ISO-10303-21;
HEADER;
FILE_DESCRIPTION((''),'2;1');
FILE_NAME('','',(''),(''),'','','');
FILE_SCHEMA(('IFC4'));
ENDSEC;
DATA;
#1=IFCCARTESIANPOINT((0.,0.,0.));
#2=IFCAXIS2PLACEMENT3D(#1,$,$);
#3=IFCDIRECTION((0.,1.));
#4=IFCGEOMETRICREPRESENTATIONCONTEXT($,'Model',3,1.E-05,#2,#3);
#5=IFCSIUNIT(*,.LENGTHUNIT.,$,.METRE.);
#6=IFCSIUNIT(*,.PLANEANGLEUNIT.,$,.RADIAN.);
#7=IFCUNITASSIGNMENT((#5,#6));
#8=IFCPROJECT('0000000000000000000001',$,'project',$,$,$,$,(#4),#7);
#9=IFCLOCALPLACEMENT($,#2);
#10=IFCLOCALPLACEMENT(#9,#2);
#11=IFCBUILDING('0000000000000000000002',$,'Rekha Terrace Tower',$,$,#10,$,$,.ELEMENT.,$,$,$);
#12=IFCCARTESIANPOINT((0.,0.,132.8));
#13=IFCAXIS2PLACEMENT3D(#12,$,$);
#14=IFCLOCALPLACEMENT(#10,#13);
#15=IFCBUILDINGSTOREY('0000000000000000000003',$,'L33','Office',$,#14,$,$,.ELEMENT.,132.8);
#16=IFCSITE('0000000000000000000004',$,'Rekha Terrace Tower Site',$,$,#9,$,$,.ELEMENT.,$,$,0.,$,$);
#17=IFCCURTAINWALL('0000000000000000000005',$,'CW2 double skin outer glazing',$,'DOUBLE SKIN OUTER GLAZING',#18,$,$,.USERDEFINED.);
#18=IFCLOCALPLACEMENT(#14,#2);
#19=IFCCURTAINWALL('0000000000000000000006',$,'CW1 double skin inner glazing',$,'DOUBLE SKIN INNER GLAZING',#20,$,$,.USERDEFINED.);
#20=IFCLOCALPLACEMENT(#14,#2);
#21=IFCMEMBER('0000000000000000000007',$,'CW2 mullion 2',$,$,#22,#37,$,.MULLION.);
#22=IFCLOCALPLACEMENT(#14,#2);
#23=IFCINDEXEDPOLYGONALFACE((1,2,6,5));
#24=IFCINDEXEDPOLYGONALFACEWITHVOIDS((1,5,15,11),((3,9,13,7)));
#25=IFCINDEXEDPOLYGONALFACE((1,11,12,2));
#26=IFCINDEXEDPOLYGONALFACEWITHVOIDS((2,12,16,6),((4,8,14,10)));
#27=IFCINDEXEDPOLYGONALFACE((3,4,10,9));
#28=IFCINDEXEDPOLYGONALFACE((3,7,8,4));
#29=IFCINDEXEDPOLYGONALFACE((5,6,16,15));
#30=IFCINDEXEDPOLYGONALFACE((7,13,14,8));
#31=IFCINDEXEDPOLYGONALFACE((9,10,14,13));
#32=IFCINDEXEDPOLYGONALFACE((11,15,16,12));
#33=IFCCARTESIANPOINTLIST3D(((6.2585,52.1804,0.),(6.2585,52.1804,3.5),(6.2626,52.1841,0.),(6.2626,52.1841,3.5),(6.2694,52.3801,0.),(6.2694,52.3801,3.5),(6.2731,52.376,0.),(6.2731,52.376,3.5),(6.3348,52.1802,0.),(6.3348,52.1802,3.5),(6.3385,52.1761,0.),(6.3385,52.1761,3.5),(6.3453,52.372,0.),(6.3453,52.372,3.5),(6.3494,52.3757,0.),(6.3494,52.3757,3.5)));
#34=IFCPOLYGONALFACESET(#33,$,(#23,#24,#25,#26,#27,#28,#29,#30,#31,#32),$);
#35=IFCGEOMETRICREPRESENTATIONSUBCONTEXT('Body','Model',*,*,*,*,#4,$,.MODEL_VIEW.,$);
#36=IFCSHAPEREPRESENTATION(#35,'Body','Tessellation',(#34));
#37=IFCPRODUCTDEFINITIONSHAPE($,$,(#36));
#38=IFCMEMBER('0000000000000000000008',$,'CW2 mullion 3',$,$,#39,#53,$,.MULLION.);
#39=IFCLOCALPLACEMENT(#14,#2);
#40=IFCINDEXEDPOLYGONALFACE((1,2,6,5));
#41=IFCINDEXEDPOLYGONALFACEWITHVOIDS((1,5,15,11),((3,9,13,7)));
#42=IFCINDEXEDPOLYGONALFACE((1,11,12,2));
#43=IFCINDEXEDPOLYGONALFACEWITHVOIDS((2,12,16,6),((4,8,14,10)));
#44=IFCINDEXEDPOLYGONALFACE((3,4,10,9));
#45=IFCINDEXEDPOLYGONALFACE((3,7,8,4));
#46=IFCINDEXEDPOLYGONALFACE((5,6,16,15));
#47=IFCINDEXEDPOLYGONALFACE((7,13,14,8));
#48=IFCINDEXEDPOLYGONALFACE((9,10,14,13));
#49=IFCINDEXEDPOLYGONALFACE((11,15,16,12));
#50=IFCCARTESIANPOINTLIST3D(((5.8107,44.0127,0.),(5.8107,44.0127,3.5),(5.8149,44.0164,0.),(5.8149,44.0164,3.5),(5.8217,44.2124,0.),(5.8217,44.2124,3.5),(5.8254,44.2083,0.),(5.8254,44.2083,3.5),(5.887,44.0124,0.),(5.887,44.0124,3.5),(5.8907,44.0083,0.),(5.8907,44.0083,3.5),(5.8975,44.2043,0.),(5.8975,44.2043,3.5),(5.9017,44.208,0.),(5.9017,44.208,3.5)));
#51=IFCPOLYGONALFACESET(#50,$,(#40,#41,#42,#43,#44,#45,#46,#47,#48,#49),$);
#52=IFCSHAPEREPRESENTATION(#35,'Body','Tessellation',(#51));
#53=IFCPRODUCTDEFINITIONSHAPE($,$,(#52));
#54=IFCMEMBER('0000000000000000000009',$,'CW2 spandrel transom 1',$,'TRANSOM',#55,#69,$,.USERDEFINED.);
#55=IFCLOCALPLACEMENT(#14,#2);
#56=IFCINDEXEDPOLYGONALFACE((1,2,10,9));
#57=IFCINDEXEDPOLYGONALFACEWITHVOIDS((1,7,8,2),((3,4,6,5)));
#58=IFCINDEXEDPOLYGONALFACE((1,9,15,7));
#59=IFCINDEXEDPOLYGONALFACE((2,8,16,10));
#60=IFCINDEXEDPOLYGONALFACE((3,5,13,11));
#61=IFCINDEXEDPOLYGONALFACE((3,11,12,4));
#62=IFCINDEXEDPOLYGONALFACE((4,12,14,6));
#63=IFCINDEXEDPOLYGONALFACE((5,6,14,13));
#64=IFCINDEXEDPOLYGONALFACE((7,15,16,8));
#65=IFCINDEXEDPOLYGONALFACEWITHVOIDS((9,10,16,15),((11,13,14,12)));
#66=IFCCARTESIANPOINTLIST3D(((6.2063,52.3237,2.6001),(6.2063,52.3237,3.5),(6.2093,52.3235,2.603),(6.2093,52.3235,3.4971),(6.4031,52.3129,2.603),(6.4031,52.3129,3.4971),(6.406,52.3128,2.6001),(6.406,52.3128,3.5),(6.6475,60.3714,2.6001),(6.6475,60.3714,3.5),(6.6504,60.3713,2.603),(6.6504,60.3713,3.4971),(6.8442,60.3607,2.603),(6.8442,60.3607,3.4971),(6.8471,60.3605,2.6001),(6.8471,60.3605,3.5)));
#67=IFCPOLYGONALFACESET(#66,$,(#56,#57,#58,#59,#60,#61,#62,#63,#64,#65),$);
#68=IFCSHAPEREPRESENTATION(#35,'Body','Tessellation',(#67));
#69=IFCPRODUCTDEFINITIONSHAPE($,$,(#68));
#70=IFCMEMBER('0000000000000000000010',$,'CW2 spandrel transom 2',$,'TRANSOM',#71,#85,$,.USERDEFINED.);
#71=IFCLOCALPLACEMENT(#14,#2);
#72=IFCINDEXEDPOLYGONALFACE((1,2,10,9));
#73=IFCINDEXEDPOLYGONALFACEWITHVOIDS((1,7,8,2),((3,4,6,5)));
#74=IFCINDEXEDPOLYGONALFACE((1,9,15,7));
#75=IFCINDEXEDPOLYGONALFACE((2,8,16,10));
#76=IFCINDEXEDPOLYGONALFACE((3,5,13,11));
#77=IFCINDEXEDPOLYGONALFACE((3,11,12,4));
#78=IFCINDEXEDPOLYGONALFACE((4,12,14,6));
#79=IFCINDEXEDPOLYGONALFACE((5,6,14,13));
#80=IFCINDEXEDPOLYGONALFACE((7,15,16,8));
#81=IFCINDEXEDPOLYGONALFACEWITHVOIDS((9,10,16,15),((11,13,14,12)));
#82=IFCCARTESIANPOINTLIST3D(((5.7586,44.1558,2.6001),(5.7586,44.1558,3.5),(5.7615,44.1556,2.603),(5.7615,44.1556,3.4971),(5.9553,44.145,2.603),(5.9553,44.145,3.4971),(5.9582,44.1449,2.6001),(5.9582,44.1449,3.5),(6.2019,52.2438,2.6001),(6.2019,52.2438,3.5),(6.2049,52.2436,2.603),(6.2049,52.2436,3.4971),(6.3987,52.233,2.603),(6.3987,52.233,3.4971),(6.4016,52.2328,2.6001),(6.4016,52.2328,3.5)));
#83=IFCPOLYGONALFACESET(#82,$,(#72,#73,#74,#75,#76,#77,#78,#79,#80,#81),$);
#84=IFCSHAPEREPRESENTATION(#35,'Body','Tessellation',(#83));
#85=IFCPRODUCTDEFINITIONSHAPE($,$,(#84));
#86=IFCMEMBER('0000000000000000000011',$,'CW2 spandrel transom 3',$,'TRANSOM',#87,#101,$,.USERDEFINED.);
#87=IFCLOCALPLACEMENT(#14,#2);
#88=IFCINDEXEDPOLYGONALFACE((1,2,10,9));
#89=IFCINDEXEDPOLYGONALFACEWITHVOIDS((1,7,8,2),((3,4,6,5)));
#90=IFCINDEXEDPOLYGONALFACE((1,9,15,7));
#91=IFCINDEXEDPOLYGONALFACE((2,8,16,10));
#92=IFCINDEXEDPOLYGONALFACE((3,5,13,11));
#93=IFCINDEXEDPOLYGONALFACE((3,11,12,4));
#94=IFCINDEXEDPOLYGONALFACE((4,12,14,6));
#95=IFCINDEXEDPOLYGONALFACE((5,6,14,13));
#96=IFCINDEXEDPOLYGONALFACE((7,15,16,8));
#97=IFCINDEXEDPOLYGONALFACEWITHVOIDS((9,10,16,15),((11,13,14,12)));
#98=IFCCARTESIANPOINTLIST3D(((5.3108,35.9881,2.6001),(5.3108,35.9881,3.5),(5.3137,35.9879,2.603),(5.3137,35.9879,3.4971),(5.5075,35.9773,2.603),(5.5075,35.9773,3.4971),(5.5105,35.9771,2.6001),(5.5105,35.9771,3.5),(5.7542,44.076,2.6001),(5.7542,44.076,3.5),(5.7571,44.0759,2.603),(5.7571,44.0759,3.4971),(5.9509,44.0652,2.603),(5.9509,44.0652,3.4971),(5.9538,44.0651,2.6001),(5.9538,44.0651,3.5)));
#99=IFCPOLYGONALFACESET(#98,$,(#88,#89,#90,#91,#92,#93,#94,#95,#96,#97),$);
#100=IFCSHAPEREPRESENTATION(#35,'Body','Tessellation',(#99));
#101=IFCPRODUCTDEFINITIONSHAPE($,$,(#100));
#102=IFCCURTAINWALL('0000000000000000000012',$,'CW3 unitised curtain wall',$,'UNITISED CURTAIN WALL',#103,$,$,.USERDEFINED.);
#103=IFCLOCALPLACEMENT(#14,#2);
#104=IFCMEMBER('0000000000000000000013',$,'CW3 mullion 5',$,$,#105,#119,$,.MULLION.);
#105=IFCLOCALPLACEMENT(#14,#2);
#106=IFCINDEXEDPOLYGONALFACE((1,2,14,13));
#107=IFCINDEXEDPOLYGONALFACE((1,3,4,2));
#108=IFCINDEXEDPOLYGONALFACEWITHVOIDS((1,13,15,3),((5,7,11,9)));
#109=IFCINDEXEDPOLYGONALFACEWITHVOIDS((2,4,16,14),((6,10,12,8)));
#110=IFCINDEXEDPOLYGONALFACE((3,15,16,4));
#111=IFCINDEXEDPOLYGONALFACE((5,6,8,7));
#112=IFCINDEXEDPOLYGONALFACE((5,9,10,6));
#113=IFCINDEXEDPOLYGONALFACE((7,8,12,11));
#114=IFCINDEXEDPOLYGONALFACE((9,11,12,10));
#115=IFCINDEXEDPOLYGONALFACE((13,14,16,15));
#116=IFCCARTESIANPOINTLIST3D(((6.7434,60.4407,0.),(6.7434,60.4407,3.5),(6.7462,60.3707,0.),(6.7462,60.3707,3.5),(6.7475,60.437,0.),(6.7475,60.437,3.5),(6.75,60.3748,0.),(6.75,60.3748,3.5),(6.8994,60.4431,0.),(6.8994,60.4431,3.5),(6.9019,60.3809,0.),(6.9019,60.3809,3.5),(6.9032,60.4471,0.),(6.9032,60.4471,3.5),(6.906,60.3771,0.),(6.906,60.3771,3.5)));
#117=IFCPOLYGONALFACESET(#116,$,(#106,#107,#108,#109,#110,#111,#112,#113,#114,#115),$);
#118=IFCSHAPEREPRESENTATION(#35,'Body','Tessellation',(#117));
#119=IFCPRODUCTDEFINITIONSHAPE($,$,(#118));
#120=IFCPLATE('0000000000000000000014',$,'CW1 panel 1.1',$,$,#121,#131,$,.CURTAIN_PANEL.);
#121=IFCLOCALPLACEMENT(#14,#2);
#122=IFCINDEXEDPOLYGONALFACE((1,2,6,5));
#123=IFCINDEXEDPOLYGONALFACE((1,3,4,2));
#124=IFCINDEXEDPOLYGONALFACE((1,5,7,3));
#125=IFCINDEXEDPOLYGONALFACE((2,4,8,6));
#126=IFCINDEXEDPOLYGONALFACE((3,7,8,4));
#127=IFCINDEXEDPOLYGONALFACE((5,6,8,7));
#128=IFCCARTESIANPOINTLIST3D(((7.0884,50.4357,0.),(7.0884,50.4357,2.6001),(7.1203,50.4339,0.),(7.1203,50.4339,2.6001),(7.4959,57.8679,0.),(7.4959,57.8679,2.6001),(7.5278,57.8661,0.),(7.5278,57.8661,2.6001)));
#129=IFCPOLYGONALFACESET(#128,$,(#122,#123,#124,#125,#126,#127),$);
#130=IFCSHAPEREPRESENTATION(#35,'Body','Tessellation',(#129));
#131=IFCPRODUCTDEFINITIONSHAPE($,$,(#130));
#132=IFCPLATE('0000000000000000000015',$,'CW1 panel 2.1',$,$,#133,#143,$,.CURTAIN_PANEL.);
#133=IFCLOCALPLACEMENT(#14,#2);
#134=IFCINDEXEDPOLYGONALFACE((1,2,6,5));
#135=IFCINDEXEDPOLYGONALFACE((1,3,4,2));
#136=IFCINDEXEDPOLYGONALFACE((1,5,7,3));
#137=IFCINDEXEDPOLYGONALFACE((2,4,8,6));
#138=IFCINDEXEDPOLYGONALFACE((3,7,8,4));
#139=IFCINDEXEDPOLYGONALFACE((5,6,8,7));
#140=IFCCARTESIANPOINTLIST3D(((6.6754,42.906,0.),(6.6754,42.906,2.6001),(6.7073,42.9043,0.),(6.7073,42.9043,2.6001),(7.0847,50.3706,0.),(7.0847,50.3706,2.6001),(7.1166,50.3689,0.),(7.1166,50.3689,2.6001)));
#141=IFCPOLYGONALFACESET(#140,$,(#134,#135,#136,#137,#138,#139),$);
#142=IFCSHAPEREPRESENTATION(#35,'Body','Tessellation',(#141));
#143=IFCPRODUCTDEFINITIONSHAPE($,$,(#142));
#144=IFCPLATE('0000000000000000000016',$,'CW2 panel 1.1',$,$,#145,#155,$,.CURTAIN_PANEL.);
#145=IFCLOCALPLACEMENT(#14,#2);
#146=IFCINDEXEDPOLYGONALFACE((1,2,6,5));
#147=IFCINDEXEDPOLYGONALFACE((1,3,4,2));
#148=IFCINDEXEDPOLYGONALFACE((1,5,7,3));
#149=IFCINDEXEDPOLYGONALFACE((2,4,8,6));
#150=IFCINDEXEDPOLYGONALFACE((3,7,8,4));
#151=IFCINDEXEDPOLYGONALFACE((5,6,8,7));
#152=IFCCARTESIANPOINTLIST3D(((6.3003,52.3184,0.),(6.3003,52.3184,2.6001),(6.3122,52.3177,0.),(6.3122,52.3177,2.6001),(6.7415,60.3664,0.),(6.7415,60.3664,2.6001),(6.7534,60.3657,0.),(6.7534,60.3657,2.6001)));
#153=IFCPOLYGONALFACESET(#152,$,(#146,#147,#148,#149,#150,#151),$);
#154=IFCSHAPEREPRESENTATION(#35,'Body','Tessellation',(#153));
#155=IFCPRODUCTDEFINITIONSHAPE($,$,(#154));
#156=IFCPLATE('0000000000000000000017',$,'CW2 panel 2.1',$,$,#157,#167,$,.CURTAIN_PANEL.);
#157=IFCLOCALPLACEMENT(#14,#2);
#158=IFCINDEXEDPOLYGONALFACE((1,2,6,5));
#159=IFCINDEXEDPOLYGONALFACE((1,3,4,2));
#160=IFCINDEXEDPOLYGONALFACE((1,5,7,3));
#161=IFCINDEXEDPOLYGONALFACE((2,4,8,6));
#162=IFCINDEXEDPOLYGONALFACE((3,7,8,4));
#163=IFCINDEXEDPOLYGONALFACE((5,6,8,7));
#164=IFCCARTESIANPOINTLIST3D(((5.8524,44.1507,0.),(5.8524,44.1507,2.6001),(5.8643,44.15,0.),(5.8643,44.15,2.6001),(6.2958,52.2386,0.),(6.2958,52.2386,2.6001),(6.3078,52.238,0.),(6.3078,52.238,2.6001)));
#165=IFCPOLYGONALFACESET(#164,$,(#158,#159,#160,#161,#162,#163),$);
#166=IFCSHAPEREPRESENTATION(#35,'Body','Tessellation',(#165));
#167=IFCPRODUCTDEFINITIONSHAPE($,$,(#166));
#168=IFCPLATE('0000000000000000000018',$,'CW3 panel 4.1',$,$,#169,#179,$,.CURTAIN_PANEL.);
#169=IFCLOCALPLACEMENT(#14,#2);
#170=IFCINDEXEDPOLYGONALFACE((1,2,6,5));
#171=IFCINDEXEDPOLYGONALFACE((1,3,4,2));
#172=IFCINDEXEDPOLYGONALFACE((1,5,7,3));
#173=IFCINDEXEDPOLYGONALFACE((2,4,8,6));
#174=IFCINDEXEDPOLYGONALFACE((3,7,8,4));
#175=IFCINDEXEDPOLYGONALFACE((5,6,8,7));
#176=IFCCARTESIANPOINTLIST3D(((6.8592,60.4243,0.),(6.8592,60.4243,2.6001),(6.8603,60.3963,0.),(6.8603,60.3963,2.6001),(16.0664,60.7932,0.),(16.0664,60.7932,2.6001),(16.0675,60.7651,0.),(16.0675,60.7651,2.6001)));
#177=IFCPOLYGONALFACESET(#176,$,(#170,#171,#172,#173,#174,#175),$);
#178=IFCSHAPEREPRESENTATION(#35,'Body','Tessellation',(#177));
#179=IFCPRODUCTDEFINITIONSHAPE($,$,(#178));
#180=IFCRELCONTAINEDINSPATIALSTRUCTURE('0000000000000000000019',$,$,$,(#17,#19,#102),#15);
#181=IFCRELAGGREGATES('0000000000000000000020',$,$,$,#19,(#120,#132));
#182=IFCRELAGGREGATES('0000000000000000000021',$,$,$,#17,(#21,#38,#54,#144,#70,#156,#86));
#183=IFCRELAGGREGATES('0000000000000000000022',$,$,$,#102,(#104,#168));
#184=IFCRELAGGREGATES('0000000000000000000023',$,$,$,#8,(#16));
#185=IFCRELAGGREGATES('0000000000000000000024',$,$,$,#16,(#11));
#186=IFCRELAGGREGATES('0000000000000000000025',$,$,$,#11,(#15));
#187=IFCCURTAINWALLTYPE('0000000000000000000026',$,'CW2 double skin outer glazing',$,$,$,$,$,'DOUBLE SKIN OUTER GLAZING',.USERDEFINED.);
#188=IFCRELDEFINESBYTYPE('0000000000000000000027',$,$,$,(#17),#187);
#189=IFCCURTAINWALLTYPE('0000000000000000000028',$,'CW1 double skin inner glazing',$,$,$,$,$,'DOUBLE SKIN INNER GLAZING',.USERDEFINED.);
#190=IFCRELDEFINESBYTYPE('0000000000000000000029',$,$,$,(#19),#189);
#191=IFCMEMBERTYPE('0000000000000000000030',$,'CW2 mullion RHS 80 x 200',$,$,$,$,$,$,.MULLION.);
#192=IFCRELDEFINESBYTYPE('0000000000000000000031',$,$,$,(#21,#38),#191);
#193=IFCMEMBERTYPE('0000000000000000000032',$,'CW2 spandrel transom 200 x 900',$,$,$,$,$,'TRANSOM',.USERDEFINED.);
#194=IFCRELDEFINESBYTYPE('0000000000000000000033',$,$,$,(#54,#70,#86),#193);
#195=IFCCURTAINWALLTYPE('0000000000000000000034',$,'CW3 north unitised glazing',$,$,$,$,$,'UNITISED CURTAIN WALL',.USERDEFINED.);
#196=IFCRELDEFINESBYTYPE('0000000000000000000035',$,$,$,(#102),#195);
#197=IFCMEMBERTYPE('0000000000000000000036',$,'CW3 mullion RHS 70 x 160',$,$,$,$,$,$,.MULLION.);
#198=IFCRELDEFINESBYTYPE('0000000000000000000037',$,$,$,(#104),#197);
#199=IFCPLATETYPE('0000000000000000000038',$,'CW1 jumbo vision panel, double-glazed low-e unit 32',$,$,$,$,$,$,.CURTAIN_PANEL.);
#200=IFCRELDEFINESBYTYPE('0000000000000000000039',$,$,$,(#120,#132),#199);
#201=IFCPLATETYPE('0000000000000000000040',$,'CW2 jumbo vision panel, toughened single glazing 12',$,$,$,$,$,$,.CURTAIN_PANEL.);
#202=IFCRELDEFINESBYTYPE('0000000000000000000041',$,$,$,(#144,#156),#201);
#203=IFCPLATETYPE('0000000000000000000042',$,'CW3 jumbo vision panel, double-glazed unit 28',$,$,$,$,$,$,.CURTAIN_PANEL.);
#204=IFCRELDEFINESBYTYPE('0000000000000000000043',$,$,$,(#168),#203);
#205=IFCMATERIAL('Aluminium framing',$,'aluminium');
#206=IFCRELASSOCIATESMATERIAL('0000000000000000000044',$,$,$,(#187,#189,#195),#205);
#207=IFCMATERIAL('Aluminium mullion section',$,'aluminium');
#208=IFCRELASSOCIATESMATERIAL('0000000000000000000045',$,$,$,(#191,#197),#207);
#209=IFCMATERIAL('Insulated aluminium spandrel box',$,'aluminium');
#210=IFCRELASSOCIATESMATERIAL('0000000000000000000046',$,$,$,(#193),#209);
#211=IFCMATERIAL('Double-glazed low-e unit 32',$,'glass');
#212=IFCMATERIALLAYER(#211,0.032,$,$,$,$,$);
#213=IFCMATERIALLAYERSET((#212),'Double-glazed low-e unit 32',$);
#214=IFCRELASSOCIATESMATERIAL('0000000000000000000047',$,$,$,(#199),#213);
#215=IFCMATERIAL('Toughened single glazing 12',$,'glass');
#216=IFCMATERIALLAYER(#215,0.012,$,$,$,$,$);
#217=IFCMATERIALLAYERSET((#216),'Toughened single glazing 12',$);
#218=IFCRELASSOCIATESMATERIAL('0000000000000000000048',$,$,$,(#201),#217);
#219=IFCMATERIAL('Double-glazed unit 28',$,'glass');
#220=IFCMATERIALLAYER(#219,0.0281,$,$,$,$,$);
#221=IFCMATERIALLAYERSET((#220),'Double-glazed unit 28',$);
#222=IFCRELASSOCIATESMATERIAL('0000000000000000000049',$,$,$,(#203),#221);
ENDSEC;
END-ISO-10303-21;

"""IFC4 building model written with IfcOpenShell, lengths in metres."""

from ifc_helpers import new_model, si_unit, direction, frame, origin, origin_2d, place, context, subcontext, project, spatial, rectangle, hollow_rectangle, extrude, material, layer, layer_set, material_profile, profile_set, type_object, element, aggregate, save


model = new_model("IFC4")

# Units and contexts
model_context = context("Model", 3, precision=1e-05, world=origin(), true_north=direction((0.0, 1.0)))
body_context = subcontext(model_context, "Body", "Model", "MODEL_VIEW")
ifc_project = project(units=[si_unit("LENGTHUNIT", "METRE"), si_unit("PLANEANGLEUNIT", "RADIAN")], contexts=[model_context])

# Site, building, storey
site_placement = place(None, origin())
site = spatial("IfcSite", under=ifc_project, at=site_placement, Name="Rekha Terrace Tower Site", CompositionType="ELEMENT", RefElevation=0.0)
building_placement = place(site_placement, origin())
building = spatial("IfcBuilding", under=site, at=building_placement, Name="Rekha Terrace Tower", CompositionType="ELEMENT")
storey_placement = place(building_placement, frame((0.0, 0.0, 132.8)))
storey = spatial("IfcBuildingStorey", under=building, at=storey_placement, Name="L33", Description="Office", CompositionType="ELEMENT", Elevation=132.8)

# Curtain walls
ifc_material_1 = material(Name="Aluminium framing", Category="aluminium")
curtain_wall_type_1 = type_object("IfcCurtainWallType", Name="CW2 double skin outer glazing", ElementType="DOUBLE SKIN OUTER GLAZING", PredefinedType="USERDEFINED", material=ifc_material_1)
curtain_wall_1_placement = place(storey_placement, origin())
curtain_wall_1 = element("IfcCurtainWall", 1, at=curtain_wall_1_placement, inside=storey, type_object=curtain_wall_type_1, Name="CW2 double skin outer glazing", ObjectType="DOUBLE SKIN OUTER GLAZING", PredefinedType="USERDEFINED")
curtain_wall_type_2 = type_object("IfcCurtainWallType", Name="CW1 double skin inner glazing", ElementType="DOUBLE SKIN INNER GLAZING", PredefinedType="USERDEFINED", material=ifc_material_1)
curtain_wall_2_placement = place(storey_placement, origin())
curtain_wall_2 = element("IfcCurtainWall", 2, at=curtain_wall_2_placement, inside=storey, type_object=curtain_wall_type_2, Name="CW1 double skin inner glazing", ObjectType="DOUBLE SKIN INNER GLAZING", PredefinedType="USERDEFINED")
ifc_material_2 = material(Name="Aluminium mullion section", Category="aluminium")
ifc_material_3 = material(Name="Insulated aluminium spandrel box", Category="aluminium")

# Members
ifc_material_profile_1 = material_profile(ifc_material_2, hollow_rectangle(XDim=0.0801, YDim=0.2, WallThickness=0.0039, at=origin_2d()), Name="AL RHS 80x200")
ifc_profile_set_1 = profile_set([ifc_material_profile_1], Name="Aluminium mullion section")
member_type_1 = type_object("IfcMemberType", Name="CW2 mullion RHS 80 x 200", PredefinedType="MULLION", material=ifc_profile_set_1)
member_1_placement = place(storey_placement, frame((6.304, 52.2781, 0.0), z_axis=(0.0, 0.0, 1.0), x_axis=(0.998501, -0.054742, 0.0)))
member_1 = element("IfcMember", 3, at=member_1_placement, type_object=member_type_1, Name="CW2 mullion 2", PredefinedType="MULLION", context=body_context, shape_type="SweptSolid", body=[
    extrude(hollow_rectangle(XDim=0.0801, YDim=0.2, WallThickness=0.0039, at=origin_2d()), origin(), (0.0, 0.0, 1.0), 3.5),
])
member_2_placement = place(storey_placement, frame((5.8562, 44.1104, 0.0), z_axis=(0.0, 0.0, 1.0), x_axis=(0.998501, -0.054742, 0.0)))
member_2 = element("IfcMember", 4, at=member_2_placement, type_object=member_type_1, Name="CW2 mullion 3", PredefinedType="MULLION", context=body_context, shape_type="SweptSolid", body=[
    extrude(hollow_rectangle(XDim=0.0801, YDim=0.2, WallThickness=0.0039, at=origin_2d()), origin(), (0.0, 0.0, 1.0), 3.5),
])
ifc_material_profile_2 = material_profile(ifc_material_3, hollow_rectangle(XDim=0.2, YDim=0.8999, WallThickness=0.0029, at=origin_2d()), Name="AL SPANDREL BOX 200x900")
ifc_profile_set_2 = profile_set([ifc_material_profile_2], Name="Insulated aluminium spandrel box")
member_type_2 = type_object("IfcMemberType", Name="CW2 spandrel transom 200 x 900", ElementType="TRANSOM", PredefinedType="USERDEFINED", material=ifc_profile_set_2)
member_3_placement = place(storey_placement, frame((6.7473, 60.366, 3.05), z_axis=(-0.054735, -0.998501, 0.0), x_axis=(0.998501, -0.054735, 0.0)))
member_3 = element("IfcMember", 5, at=member_3_placement, type_object=member_type_2, Name="CW2 spandrel transom 1", ObjectType="TRANSOM", PredefinedType="USERDEFINED", context=body_context, shape_type="SweptSolid", body=[
    extrude(hollow_rectangle(XDim=0.2, YDim=0.8999, WallThickness=0.0029, at=origin_2d()), origin(), (0.0, 0.0, 1.0), 8.0598),
])
member_4_placement = place(storey_placement, frame((6.3018, 52.2383, 3.05), z_axis=(-0.054735, -0.998501, 0.0), x_axis=(0.998501, -0.054735, 0.0)))
member_4 = element("IfcMember", 6, at=member_4_placement, type_object=member_type_2, Name="CW2 spandrel transom 2", ObjectType="TRANSOM", PredefinedType="USERDEFINED", context=body_context, shape_type="SweptSolid", body=[
    extrude(hollow_rectangle(XDim=0.2, YDim=0.8999, WallThickness=0.0029, at=origin_2d()), origin(), (0.0, 0.0, 1.0), 8.1001),
])
member_5_placement = place(storey_placement, frame((5.854, 44.0706, 3.05), z_axis=(-0.054735, -0.998501, 0.0), x_axis=(0.998501, -0.054735, 0.0)))
member_5 = element("IfcMember", 7, at=member_5_placement, type_object=member_type_2, Name="CW2 spandrel transom 3", ObjectType="TRANSOM", PredefinedType="USERDEFINED", context=body_context, shape_type="SweptSolid", body=[
    extrude(hollow_rectangle(XDim=0.2, YDim=0.8999, WallThickness=0.0029, at=origin_2d()), origin(), (0.0, 0.0, 1.0), 8.1001),
])

# Curtain wall, member
curtain_wall_type_3 = type_object("IfcCurtainWallType", Name="CW3 north unitised glazing", ElementType="UNITISED CURTAIN WALL", PredefinedType="USERDEFINED", material=ifc_material_1)
curtain_wall_3_placement = place(storey_placement, origin())
curtain_wall_3 = element("IfcCurtainWall", 8, at=curtain_wall_3_placement, inside=storey, type_object=curtain_wall_type_3, Name="CW3 unitised curtain wall", ObjectType="UNITISED CURTAIN WALL", PredefinedType="USERDEFINED")
ifc_material_profile_3 = material_profile(ifc_material_2, hollow_rectangle(XDim=0.0701, YDim=0.1599, WallThickness=0.0039, at=origin_2d()), Name="AL RHS 70x160")
ifc_profile_set_3 = profile_set([ifc_material_profile_3], Name="Aluminium mullion section")
member_type_3 = type_object("IfcMemberType", Name="CW3 mullion RHS 70 x 160", PredefinedType="MULLION", material=ifc_profile_set_3)
member_6_placement = place(storey_placement, frame((6.8247, 60.4089, 0.0), z_axis=(0.0, 0.0, 1.0), x_axis=(0.040032, -0.999198, 0.0)))
member_6 = element("IfcMember", 9, at=member_6_placement, type_object=member_type_3, Name="CW3 mullion 5", PredefinedType="MULLION", context=body_context, shape_type="SweptSolid", body=[
    extrude(hollow_rectangle(XDim=0.0701, YDim=0.1599, WallThickness=0.0039, at=origin_2d()), origin(), (0.0, 0.0, 1.0), 3.5),
])

# Plates
ifc_material_4 = material(Name="Double-glazed low-e unit 32", Category="glass")
ifc_layer_1 = layer(ifc_material_4, 0.032)
ifc_layer_set_1 = layer_set([ifc_layer_1], Name="Double-glazed low-e unit 32")
plate_type_1 = type_object("IfcPlateType", Name="CW1 jumbo vision panel, double-glazed low-e unit 32", PredefinedType="CURTAIN_PANEL", material=ifc_layer_set_1)
plate_1_placement = place(storey_placement, frame((7.3081, 54.1509, 0.0), z_axis=(0.0, 0.0, 1.0), x_axis=(-0.054742, -0.998501, 0.0)))
plate_1 = element("IfcPlate", 10, at=plate_1_placement, type_object=plate_type_1, Name="CW1 panel 1.1", PredefinedType="CURTAIN_PANEL", context=body_context, shape_type="SweptSolid", body=[
    extrude(rectangle(XDim=7.4434, YDim=0.032, at=origin_2d()), origin(), (0.0, 0.0, 1.0), 2.6001),
])
plate_2_placement = place(storey_placement, frame((6.896, 46.6375, 0.0), z_axis=(0.0, 0.0, 1.0), x_axis=(-0.054742, -0.998501, 0.0)))
plate_2 = element("IfcPlate", 11, at=plate_2_placement, type_object=plate_type_1, Name="CW1 panel 2.1", PredefinedType="CURTAIN_PANEL", context=body_context, shape_type="SweptSolid", body=[
    extrude(rectangle(XDim=7.4758, YDim=0.032, at=origin_2d()), origin(), (0.0, 0.0, 1.0), 2.6001),
])
aggregate(curtain_wall_2, [plate_1, plate_2])
ifc_material_5 = material(Name="Toughened single glazing 12", Category="glass")
ifc_layer_2 = layer(ifc_material_5, 0.012)
ifc_layer_set_2 = layer_set([ifc_layer_2], Name="Toughened single glazing 12")
plate_type_2 = type_object("IfcPlateType", Name="CW2 jumbo vision panel, toughened single glazing 12", PredefinedType="CURTAIN_PANEL", material=ifc_layer_set_2)
plate_3_placement = place(storey_placement, frame((6.5269, 56.342, 0.0), z_axis=(0.0, 0.0, 1.0), x_axis=(-0.054742, -0.998501, 0.0)))
plate_3 = element("IfcPlate", 12, at=plate_3_placement, type_object=plate_type_2, Name="CW2 panel 1.1", PredefinedType="CURTAIN_PANEL", context=body_context, shape_type="SweptSolid", body=[
    extrude(rectangle(XDim=8.0601, YDim=0.012, at=origin_2d()), origin(), (0.0, 0.0, 1.0), 2.6001),
])
plate_4_placement = place(storey_placement, frame((6.0801, 48.1943, 0.0), z_axis=(0.0, 0.0, 1.0), x_axis=(-0.054742, -0.998501, 0.0)))
plate_4 = element("IfcPlate", 13, at=plate_4_placement, type_object=plate_type_2, Name="CW2 panel 2.1", PredefinedType="CURTAIN_PANEL", context=body_context, shape_type="SweptSolid", body=[
    extrude(rectangle(XDim=8.1001, YDim=0.012, at=origin_2d()), origin(), (0.0, 0.0, 1.0), 2.6001),
])
aggregate(curtain_wall_1, [member_1, member_2, member_3, plate_3, member_4, plate_4, member_5])
ifc_material_6 = material(Name="Double-glazed unit 28", Category="glass")
ifc_layer_3 = layer(ifc_material_6, 0.0281)
ifc_layer_set_3 = layer_set([ifc_layer_3], Name="Double-glazed unit 28")
plate_type_3 = type_object("IfcPlateType", Name="CW3 jumbo vision panel, double-glazed unit 28", PredefinedType="CURTAIN_PANEL", material=ifc_layer_set_3)
plate_5_placement = place(storey_placement, frame((11.4634, 60.5947, 0.0), z_axis=(0.0, 0.0, 1.0), x_axis=(-0.999198, -0.040032, 0.0)))
plate_5 = element("IfcPlate", 14, at=plate_5_placement, type_object=plate_type_3, Name="CW3 panel 4.1", PredefinedType="CURTAIN_PANEL", context=body_context, shape_type="SweptSolid", body=[
    extrude(rectangle(XDim=9.2146, YDim=0.0281, at=origin_2d()), origin(), (0.0, 0.0, 1.0), 2.6001),
])
aggregate(curtain_wall_3, [member_6, plate_5])

save(model, "model.ifc")
